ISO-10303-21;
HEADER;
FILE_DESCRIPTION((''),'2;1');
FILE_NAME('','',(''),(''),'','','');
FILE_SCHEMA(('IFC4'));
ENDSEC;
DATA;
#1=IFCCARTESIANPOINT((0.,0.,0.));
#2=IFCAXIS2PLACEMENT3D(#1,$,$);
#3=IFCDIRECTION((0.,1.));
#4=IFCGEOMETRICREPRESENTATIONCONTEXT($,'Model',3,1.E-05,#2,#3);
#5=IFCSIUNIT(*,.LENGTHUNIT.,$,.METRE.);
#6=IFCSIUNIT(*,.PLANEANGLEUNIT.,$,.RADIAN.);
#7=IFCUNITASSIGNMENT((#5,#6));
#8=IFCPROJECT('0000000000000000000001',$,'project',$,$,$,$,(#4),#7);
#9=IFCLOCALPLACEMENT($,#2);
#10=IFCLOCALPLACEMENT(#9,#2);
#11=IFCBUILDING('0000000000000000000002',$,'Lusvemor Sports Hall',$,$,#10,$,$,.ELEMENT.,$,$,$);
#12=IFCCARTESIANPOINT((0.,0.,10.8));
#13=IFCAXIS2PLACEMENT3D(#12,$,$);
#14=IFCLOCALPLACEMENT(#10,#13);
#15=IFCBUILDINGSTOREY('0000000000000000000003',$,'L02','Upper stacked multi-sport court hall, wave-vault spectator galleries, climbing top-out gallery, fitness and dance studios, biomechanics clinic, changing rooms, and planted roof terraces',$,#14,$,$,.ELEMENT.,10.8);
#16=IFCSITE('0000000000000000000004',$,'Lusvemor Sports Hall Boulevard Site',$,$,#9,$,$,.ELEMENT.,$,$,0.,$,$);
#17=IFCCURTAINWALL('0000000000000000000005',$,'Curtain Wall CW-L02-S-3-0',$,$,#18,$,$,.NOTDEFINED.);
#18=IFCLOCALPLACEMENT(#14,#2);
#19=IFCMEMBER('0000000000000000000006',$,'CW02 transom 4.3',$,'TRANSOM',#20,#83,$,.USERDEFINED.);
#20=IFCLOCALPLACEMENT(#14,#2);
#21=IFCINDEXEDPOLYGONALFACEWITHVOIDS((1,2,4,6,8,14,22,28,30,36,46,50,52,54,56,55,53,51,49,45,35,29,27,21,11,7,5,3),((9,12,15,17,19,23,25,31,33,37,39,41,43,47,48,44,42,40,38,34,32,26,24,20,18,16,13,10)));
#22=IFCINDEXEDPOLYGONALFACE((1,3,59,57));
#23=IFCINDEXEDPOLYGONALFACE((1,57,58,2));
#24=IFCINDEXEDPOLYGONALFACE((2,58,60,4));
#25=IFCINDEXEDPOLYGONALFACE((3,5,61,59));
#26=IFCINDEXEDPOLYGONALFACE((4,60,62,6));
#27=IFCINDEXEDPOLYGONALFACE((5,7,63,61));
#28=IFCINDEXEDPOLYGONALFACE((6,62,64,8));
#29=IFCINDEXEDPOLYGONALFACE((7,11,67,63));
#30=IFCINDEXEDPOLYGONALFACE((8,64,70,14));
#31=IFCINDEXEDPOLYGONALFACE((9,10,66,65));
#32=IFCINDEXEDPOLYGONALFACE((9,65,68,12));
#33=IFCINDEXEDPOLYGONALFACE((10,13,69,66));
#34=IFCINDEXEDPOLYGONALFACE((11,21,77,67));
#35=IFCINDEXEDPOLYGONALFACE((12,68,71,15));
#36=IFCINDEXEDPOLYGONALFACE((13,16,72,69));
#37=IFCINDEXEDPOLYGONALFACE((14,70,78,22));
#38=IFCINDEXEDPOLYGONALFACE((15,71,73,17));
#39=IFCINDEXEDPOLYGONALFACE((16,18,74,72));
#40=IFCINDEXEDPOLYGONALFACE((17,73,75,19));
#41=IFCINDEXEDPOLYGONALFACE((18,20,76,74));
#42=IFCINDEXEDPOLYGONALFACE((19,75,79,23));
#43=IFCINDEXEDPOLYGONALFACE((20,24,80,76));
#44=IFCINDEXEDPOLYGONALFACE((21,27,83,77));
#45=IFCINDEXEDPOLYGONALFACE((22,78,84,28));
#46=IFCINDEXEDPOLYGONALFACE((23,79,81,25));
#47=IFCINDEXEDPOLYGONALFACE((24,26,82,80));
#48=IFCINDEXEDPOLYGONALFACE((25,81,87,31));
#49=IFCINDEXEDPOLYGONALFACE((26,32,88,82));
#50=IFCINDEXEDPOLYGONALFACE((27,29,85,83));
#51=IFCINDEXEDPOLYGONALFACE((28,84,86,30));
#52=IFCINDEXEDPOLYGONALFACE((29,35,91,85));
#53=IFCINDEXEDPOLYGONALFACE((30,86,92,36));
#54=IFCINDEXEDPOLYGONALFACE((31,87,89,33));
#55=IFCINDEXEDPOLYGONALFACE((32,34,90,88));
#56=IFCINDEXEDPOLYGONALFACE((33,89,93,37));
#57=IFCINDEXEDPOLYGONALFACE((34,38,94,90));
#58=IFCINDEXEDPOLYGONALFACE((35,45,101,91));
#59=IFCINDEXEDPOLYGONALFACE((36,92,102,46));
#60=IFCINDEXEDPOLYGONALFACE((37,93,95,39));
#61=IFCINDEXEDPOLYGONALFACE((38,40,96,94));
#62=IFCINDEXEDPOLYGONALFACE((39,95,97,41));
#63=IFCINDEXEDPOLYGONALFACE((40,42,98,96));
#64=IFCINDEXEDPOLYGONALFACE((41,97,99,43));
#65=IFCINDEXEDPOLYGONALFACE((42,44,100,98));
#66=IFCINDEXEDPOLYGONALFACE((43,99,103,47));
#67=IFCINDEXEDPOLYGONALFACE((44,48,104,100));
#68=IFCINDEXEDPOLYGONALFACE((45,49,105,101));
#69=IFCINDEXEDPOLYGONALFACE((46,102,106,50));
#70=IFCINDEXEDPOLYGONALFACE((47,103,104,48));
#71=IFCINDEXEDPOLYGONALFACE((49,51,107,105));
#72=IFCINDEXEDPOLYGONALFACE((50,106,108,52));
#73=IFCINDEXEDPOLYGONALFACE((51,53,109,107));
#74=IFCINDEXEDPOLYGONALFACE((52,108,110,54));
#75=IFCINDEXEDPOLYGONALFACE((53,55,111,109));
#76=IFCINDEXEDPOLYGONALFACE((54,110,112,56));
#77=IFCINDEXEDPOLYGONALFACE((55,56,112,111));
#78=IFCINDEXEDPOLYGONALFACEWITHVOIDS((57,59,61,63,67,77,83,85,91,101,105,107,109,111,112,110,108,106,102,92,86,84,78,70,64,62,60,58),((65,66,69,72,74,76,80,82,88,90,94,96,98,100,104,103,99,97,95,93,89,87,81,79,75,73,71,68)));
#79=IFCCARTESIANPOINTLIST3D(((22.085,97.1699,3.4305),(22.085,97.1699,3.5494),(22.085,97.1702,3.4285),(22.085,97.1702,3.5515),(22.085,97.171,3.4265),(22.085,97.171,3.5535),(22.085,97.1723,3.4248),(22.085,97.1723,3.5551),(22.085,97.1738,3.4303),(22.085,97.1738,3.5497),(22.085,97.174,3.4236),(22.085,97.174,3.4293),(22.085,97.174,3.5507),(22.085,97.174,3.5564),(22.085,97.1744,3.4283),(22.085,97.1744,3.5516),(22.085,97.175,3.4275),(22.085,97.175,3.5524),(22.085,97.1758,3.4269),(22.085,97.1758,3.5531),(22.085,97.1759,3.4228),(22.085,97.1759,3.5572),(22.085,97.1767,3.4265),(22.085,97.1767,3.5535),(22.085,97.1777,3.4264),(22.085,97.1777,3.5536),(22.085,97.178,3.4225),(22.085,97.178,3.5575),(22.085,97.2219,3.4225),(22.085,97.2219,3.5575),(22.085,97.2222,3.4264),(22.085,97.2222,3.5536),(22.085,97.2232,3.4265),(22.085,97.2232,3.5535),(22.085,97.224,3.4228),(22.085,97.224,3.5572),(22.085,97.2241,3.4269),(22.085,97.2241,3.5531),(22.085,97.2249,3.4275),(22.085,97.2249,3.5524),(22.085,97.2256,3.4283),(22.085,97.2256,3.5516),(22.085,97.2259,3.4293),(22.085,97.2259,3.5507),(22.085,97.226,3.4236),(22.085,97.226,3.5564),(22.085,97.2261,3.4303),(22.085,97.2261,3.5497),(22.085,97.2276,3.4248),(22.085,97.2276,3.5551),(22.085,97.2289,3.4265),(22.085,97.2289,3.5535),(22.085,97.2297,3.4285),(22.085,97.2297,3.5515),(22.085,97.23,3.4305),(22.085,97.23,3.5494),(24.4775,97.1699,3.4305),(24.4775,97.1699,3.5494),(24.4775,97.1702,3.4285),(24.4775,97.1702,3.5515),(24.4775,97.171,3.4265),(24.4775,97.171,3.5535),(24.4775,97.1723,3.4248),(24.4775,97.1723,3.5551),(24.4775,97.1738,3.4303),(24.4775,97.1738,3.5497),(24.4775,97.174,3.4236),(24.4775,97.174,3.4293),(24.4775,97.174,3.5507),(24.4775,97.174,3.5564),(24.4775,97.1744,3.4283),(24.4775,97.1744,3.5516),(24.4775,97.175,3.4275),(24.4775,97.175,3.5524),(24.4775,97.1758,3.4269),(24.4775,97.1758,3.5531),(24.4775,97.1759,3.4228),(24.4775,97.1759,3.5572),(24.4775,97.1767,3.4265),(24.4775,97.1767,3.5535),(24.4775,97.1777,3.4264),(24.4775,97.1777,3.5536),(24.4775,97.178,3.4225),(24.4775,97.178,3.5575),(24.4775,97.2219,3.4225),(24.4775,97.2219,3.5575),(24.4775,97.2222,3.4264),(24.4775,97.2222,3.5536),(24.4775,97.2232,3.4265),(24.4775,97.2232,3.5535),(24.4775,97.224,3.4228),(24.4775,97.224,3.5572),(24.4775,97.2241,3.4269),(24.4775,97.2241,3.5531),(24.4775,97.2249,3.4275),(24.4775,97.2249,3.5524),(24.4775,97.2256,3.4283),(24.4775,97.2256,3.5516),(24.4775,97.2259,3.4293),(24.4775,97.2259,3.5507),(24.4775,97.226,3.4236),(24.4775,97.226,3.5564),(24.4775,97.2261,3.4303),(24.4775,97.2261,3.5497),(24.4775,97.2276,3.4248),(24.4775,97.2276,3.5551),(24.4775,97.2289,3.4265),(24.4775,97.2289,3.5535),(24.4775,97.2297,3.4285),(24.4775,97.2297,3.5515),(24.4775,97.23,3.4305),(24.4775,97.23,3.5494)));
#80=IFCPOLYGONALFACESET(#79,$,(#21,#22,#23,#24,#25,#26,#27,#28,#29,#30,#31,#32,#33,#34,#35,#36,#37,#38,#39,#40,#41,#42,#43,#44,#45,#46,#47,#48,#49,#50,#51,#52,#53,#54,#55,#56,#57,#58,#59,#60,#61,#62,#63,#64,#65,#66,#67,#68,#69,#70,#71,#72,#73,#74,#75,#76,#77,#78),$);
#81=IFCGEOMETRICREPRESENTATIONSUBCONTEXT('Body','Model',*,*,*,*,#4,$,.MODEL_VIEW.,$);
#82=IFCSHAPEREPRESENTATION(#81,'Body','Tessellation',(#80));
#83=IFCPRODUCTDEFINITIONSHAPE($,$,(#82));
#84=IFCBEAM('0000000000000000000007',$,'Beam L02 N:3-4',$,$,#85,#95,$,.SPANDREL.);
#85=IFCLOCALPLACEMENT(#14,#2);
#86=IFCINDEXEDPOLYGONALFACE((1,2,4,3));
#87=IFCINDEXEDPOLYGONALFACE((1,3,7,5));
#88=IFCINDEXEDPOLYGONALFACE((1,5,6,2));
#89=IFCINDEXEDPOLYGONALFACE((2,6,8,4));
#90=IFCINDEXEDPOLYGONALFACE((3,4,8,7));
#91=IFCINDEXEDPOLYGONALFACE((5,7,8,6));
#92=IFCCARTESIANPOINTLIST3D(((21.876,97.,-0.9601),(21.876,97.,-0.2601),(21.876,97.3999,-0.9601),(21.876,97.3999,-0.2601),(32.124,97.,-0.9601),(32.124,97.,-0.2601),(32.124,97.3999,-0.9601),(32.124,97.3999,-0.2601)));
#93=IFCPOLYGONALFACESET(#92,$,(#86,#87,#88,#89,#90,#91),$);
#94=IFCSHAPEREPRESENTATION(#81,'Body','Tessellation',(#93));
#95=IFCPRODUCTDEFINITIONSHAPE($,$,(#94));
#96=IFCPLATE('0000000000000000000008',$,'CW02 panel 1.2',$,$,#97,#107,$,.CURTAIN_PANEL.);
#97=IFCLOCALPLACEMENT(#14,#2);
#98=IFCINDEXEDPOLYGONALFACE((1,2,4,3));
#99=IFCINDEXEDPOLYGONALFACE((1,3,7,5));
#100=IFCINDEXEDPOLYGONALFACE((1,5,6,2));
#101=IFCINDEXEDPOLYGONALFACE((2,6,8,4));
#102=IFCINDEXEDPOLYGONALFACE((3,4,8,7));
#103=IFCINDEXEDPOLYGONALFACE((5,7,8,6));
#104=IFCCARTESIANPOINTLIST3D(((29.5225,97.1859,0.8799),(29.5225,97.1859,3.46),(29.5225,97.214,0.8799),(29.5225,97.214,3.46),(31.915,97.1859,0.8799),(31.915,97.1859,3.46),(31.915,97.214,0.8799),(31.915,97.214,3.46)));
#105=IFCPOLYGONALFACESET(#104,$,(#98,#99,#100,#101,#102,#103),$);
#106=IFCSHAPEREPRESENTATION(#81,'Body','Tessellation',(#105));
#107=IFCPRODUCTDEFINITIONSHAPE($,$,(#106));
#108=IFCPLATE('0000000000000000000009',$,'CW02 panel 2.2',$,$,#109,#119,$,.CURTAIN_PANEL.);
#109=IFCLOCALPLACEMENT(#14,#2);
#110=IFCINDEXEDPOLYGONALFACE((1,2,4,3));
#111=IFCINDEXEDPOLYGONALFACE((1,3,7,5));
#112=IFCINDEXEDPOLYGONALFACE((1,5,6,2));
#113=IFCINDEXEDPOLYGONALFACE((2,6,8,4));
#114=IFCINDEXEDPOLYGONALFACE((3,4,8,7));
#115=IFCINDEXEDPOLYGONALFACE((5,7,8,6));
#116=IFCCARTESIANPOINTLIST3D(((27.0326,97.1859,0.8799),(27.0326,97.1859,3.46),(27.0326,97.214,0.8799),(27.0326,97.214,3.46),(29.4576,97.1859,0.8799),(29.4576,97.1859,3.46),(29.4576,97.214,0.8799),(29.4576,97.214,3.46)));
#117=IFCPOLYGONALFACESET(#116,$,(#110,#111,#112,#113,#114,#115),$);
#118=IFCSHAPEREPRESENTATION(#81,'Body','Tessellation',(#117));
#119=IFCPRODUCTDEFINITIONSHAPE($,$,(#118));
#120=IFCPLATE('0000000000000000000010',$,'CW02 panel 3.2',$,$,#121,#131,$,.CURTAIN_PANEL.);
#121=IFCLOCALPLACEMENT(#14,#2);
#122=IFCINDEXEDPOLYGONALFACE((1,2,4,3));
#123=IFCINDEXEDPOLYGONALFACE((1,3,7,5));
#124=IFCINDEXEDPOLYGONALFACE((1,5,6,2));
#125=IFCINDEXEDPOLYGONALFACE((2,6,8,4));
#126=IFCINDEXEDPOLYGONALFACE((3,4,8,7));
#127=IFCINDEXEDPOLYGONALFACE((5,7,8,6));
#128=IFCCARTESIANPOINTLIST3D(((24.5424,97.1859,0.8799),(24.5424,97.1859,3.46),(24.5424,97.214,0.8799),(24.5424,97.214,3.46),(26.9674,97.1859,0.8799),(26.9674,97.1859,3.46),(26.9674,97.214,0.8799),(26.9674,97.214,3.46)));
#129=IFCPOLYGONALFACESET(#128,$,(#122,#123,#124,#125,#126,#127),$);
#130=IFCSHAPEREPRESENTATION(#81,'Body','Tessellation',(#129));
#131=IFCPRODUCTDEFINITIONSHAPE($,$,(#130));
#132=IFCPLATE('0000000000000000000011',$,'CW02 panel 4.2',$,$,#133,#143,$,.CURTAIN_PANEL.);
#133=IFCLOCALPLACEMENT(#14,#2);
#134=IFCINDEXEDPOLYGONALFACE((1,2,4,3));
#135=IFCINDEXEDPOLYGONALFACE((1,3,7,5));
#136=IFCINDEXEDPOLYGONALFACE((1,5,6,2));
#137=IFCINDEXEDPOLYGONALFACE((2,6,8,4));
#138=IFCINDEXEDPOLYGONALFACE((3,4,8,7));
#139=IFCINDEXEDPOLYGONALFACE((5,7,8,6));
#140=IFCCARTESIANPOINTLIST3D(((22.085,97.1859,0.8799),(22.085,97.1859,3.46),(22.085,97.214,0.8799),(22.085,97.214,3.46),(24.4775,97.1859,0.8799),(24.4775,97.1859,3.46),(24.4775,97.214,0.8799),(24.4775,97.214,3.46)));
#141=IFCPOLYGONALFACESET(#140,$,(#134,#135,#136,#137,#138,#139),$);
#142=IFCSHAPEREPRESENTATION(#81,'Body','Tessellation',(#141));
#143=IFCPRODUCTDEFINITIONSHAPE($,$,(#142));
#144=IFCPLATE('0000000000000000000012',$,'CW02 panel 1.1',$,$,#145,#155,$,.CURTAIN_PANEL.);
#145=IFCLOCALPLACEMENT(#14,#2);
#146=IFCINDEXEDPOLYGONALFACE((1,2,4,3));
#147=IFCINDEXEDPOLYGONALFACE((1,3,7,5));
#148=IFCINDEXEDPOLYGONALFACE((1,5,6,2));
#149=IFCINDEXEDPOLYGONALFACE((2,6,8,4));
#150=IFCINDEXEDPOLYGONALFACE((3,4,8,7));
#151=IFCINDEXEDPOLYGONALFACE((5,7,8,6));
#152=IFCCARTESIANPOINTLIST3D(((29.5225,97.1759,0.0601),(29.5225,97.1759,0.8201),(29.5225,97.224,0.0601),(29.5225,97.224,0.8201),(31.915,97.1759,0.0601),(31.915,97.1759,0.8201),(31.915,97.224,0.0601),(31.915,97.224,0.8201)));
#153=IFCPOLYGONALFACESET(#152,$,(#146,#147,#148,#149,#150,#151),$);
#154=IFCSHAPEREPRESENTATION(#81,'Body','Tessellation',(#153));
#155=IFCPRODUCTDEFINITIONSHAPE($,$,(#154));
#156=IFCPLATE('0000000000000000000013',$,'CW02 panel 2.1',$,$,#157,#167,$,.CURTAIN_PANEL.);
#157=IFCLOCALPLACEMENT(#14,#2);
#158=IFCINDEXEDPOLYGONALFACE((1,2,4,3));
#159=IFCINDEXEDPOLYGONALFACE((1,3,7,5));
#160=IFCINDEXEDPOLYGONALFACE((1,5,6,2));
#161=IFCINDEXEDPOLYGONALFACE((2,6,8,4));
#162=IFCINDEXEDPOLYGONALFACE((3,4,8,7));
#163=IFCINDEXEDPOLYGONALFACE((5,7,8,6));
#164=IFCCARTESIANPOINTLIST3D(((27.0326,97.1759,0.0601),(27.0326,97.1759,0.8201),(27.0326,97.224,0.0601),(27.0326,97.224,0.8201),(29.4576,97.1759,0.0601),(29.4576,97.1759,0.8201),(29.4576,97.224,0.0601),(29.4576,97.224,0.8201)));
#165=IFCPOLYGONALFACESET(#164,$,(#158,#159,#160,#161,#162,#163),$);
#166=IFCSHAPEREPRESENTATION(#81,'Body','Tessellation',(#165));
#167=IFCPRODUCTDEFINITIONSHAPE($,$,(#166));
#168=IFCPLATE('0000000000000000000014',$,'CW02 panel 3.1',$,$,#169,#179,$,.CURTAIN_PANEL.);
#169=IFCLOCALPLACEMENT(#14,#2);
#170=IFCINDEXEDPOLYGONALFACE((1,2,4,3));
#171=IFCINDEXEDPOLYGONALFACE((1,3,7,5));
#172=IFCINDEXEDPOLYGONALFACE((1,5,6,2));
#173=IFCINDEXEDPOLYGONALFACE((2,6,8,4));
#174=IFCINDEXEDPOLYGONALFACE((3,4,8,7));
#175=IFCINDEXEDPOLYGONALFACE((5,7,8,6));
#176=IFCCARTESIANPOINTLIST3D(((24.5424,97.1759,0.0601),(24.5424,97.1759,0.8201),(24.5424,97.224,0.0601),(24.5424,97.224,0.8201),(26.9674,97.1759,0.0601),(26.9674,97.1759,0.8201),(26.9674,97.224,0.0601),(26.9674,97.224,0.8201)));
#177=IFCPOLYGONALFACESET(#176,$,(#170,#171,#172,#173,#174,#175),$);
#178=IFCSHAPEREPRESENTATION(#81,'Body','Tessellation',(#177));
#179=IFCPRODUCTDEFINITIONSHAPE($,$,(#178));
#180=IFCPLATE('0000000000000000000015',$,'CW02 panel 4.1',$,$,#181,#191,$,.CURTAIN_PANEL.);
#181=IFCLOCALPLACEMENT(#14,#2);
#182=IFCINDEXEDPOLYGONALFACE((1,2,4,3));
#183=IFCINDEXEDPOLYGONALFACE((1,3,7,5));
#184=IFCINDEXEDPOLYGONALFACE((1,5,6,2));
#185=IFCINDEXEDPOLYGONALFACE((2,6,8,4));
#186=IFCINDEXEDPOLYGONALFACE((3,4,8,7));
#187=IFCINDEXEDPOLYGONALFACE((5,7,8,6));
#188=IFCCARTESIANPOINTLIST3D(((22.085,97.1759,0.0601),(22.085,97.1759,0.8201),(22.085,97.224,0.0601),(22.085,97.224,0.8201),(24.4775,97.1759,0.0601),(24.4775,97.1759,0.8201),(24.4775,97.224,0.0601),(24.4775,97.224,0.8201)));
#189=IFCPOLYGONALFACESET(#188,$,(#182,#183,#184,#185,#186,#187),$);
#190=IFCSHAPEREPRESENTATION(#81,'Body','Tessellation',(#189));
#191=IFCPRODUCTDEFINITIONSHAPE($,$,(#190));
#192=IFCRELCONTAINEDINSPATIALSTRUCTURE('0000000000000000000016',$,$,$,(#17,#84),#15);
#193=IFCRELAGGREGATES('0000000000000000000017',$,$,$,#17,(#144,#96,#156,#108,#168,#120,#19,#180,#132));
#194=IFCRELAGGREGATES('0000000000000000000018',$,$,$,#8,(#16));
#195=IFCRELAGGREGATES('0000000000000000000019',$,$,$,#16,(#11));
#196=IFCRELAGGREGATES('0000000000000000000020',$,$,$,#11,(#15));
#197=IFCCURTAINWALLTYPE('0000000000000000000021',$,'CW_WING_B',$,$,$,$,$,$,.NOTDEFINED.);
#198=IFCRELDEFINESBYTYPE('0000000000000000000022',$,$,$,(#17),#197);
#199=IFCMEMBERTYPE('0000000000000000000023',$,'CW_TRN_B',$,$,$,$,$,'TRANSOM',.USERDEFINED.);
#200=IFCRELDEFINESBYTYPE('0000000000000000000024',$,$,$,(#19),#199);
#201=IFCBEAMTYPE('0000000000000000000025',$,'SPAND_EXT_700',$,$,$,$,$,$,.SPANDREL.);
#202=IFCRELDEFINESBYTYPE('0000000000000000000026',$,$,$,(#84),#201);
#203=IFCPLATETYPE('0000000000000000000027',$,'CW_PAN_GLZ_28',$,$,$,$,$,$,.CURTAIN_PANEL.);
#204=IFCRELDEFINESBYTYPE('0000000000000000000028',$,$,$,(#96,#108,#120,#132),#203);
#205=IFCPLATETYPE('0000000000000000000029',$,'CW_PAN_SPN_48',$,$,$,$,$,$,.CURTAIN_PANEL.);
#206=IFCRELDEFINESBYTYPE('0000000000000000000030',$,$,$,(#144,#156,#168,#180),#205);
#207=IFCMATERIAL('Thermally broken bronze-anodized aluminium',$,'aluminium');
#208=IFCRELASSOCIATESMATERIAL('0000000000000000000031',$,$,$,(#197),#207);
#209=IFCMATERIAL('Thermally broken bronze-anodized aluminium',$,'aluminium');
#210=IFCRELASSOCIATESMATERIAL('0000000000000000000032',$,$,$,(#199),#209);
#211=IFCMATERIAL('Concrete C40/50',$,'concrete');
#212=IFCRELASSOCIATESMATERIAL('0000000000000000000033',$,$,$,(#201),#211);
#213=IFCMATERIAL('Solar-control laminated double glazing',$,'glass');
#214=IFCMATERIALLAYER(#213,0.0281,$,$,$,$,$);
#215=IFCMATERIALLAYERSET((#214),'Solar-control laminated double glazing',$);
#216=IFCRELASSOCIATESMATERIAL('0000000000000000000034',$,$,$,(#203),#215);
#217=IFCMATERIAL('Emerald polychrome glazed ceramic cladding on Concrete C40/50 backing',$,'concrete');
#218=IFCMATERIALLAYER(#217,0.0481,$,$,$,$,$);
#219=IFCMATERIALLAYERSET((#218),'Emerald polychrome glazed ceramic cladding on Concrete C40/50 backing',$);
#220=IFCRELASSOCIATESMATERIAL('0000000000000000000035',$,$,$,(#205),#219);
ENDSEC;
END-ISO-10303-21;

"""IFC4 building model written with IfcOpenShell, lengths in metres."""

from ifc_helpers import new_model, si_unit, direction, frame, origin, origin_2d, place, context, subcontext, project, spatial, rectangle, hollow_rectangle, extrude, material, layer, layer_set, material_profile, profile_set, type_object, element, aggregate, save


model = new_model("IFC4")

# Units and contexts
model_context = context("Model", 3, precision=1e-05, world=origin(), true_north=direction((0.0, 1.0)))
body_context = subcontext(model_context, "Body", "Model", "MODEL_VIEW")
ifc_project = project(units=[si_unit("LENGTHUNIT", "METRE"), si_unit("PLANEANGLEUNIT", "RADIAN")], contexts=[model_context])

# Site, building, storey
site_placement = place(None, origin())
site = spatial("IfcSite", under=ifc_project, at=site_placement, Name="Lusvemor Sports Hall Boulevard Site", CompositionType="ELEMENT", RefElevation=0.0)
building_placement = place(site_placement, origin())
building = spatial("IfcBuilding", under=site, at=building_placement, Name="Lusvemor Sports Hall", CompositionType="ELEMENT")
storey_placement = place(building_placement, frame((0.0, 0.0, 10.8)))
storey = spatial("IfcBuildingStorey", under=building, at=storey_placement, Name="L02", Description="Upper stacked multi-sport court hall, wave-vault spectator galleries, climbing top-out gallery, fitness and dance studios, biomechanics clinic, changing rooms, and planted roof terraces", CompositionType="ELEMENT", Elevation=10.8)

# Curtain wall, member
ifc_material_1 = material(Name="Thermally broken bronze-anodized aluminium", Category="aluminium")
curtain_wall_type = type_object("IfcCurtainWallType", Name="CW_WING_B", PredefinedType="NOTDEFINED", material=ifc_material_1)
curtain_wall_placement = place(storey_placement, origin())
curtain_wall = element("IfcCurtainWall", 1, at=curtain_wall_placement, inside=storey, type_object=curtain_wall_type, Name="Curtain Wall CW-L02-S-3-0", PredefinedType="NOTDEFINED")
ifc_material_2 = material(Name="Thermally broken bronze-anodized aluminium", Category="aluminium")
ifc_material_profile_1 = material_profile(ifc_material_2, hollow_rectangle(XDim=0.0601, YDim=0.135, WallThickness=0.0039, InnerFilletRadius=0.0039, OuterFilletRadius=0.0081, at=origin_2d()), Name="CWTRN135x60x4")
ifc_profile_set_1 = profile_set([ifc_material_profile_1], Name="Thermally broken bronze-anodized aluminium")
member_type_1 = type_object("IfcMemberType", Name="CW_TRN_B", ElementType="TRANSOM", PredefinedType="USERDEFINED", material=ifc_profile_set_1)
member_1_placement = place(storey_placement, frame((24.4775, 97.2, 3.49), z_axis=(-1.0, 0.0, 0.0), x_axis=(0.0, -1.0, 0.0)))
member_1 = element("IfcMember", 2, at=member_1_placement, type_object=member_type_1, Name="CW02 transom 4.3", ObjectType="TRANSOM", PredefinedType="USERDEFINED", context=body_context, shape_type="SweptSolid", body=[
    extrude(hollow_rectangle(XDim=0.0601, YDim=0.135, WallThickness=0.0039, InnerFilletRadius=0.0039, OuterFilletRadius=0.0081, at=origin_2d()), origin(), (0.0, 0.0, 1.0), 2.3926),
])

# Beam
ifc_material_3 = material(Name="Concrete C40/50", Category="concrete")
ifc_material_profile_2 = material_profile(ifc_material_3, rectangle(XDim=0.3999, YDim=0.7, at=origin_2d()), Name="RC400x700")
ifc_profile_set_2 = profile_set([ifc_material_profile_2], Name="Concrete C40/50")
beam_type = type_object("IfcBeamType", Name="SPAND_EXT_700", PredefinedType="SPANDREL", material=ifc_profile_set_2)
beam_placement = place(storey_placement, frame((21.876, 97.2, -0.6101), z_axis=(1.0, 0.0, 0.0), x_axis=(0.0, 1.0, 0.0)))
element("IfcBeam", 3, at=beam_placement, inside=storey, type_object=beam_type, Name="Beam L02 N:3-4", PredefinedType="SPANDREL", context=body_context, shape_type="SweptSolid", body=[
    extrude(rectangle(XDim=0.3999, YDim=0.7, at=origin_2d()), origin(), (0.0, 0.0, 1.0), 10.248),
])

# Plates
ifc_material_4 = material(Name="Solar-control laminated double glazing", Category="glass")
ifc_layer_1 = layer(ifc_material_4, 0.0281)
ifc_layer_set_1 = layer_set([ifc_layer_1], Name="Solar-control laminated double glazing")
plate_type_1 = type_object("IfcPlateType", Name="CW_PAN_GLZ_28", PredefinedType="CURTAIN_PANEL", material=ifc_layer_set_1)
plate_1_placement = place(storey_placement, frame((30.7188, 97.2, 0.8799), z_axis=(0.0, 0.0, 1.0), x_axis=(-1.0, 0.0, 0.0)))
plate_1 = element("IfcPlate", 4, at=plate_1_placement, type_object=plate_type_1, Name="CW02 panel 1.2", PredefinedType="CURTAIN_PANEL", context=body_context, shape_type="SweptSolid", body=[
    extrude(rectangle(XDim=2.3926, YDim=0.0281, at=origin_2d()), origin(), (0.0, 0.0, 1.0), 2.5801),
])
plate_2_placement = place(storey_placement, frame((28.2451, 97.2, 0.8799), z_axis=(0.0, 0.0, 1.0), x_axis=(-1.0, 0.0, 0.0)))
plate_2 = element("IfcPlate", 5, at=plate_2_placement, type_object=plate_type_1, Name="CW02 panel 2.2", PredefinedType="CURTAIN_PANEL", context=body_context, shape_type="SweptSolid", body=[
    extrude(rectangle(XDim=2.425, YDim=0.0281, at=origin_2d()), origin(), (0.0, 0.0, 1.0), 2.5801),
])
plate_3_placement = place(storey_placement, frame((25.7549, 97.2, 0.8799), z_axis=(0.0, 0.0, 1.0), x_axis=(-1.0, 0.0, 0.0)))
plate_3 = element("IfcPlate", 6, at=plate_3_placement, type_object=plate_type_1, Name="CW02 panel 3.2", PredefinedType="CURTAIN_PANEL", context=body_context, shape_type="SweptSolid", body=[
    extrude(rectangle(XDim=2.425, YDim=0.0281, at=origin_2d()), origin(), (0.0, 0.0, 1.0), 2.5801),
])
plate_4_placement = place(storey_placement, frame((23.2812, 97.2, 0.8799), z_axis=(0.0, 0.0, 1.0), x_axis=(-1.0, 0.0, 0.0)))
plate_4 = element("IfcPlate", 7, at=plate_4_placement, type_object=plate_type_1, Name="CW02 panel 4.2", PredefinedType="CURTAIN_PANEL", context=body_context, shape_type="SweptSolid", body=[
    extrude(rectangle(XDim=2.3926, YDim=0.0281, at=origin_2d()), origin(), (0.0, 0.0, 1.0), 2.5801),
])
ifc_material_5 = material(Name="Emerald polychrome glazed ceramic cladding on Concrete C40/50 backing", Category="concrete")
ifc_layer_2 = layer(ifc_material_5, 0.0481)
ifc_layer_set_2 = layer_set([ifc_layer_2], Name="Emerald polychrome glazed ceramic cladding on Concrete C40/50 backing")
plate_type_2 = type_object("IfcPlateType", Name="CW_PAN_SPN_48", PredefinedType="CURTAIN_PANEL", material=ifc_layer_set_2)
plate_5_placement = place(storey_placement, frame((30.7188, 97.2, 0.0601), z_axis=(0.0, 0.0, 1.0), x_axis=(-1.0, 0.0, 0.0)))
plate_5 = element("IfcPlate", 8, at=plate_5_placement, type_object=plate_type_2, Name="CW02 panel 1.1", PredefinedType="CURTAIN_PANEL", context=body_context, shape_type="SweptSolid", body=[
    extrude(rectangle(XDim=2.3926, YDim=0.0481, at=origin_2d()), origin(), (0.0, 0.0, 1.0), 0.76),
])
plate_6_placement = place(storey_placement, frame((28.2451, 97.2, 0.0601), z_axis=(0.0, 0.0, 1.0), x_axis=(-1.0, 0.0, 0.0)))
plate_6 = element("IfcPlate", 9, at=plate_6_placement, type_object=plate_type_2, Name="CW02 panel 2.1", PredefinedType="CURTAIN_PANEL", context=body_context, shape_type="SweptSolid", body=[
    extrude(rectangle(XDim=2.425, YDim=0.0481, at=origin_2d()), origin(), (0.0, 0.0, 1.0), 0.76),
])
plate_7_placement = place(storey_placement, frame((25.7549, 97.2, 0.0601), z_axis=(0.0, 0.0, 1.0), x_axis=(-1.0, 0.0, 0.0)))
plate_7 = element("IfcPlate", 10, at=plate_7_placement, type_object=plate_type_2, Name="CW02 panel 3.1", PredefinedType="CURTAIN_PANEL", context=body_context, shape_type="SweptSolid", body=[
    extrude(rectangle(XDim=2.425, YDim=0.0481, at=origin_2d()), origin(), (0.0, 0.0, 1.0), 0.76),
])
plate_8_placement = place(storey_placement, frame((23.2812, 97.2, 0.0601), z_axis=(0.0, 0.0, 1.0), x_axis=(-1.0, 0.0, 0.0)))
plate_8 = element("IfcPlate", 11, at=plate_8_placement, type_object=plate_type_2, Name="CW02 panel 4.1", PredefinedType="CURTAIN_PANEL", context=body_context, shape_type="SweptSolid", body=[
    extrude(rectangle(XDim=2.3926, YDim=0.0481, at=origin_2d()), origin(), (0.0, 0.0, 1.0), 0.76),
])
aggregate(curtain_wall, [plate_5, plate_1, plate_6, plate_2, plate_7, plate_3, member_1, plate_8, plate_4])

save(model, "model.ifc")
